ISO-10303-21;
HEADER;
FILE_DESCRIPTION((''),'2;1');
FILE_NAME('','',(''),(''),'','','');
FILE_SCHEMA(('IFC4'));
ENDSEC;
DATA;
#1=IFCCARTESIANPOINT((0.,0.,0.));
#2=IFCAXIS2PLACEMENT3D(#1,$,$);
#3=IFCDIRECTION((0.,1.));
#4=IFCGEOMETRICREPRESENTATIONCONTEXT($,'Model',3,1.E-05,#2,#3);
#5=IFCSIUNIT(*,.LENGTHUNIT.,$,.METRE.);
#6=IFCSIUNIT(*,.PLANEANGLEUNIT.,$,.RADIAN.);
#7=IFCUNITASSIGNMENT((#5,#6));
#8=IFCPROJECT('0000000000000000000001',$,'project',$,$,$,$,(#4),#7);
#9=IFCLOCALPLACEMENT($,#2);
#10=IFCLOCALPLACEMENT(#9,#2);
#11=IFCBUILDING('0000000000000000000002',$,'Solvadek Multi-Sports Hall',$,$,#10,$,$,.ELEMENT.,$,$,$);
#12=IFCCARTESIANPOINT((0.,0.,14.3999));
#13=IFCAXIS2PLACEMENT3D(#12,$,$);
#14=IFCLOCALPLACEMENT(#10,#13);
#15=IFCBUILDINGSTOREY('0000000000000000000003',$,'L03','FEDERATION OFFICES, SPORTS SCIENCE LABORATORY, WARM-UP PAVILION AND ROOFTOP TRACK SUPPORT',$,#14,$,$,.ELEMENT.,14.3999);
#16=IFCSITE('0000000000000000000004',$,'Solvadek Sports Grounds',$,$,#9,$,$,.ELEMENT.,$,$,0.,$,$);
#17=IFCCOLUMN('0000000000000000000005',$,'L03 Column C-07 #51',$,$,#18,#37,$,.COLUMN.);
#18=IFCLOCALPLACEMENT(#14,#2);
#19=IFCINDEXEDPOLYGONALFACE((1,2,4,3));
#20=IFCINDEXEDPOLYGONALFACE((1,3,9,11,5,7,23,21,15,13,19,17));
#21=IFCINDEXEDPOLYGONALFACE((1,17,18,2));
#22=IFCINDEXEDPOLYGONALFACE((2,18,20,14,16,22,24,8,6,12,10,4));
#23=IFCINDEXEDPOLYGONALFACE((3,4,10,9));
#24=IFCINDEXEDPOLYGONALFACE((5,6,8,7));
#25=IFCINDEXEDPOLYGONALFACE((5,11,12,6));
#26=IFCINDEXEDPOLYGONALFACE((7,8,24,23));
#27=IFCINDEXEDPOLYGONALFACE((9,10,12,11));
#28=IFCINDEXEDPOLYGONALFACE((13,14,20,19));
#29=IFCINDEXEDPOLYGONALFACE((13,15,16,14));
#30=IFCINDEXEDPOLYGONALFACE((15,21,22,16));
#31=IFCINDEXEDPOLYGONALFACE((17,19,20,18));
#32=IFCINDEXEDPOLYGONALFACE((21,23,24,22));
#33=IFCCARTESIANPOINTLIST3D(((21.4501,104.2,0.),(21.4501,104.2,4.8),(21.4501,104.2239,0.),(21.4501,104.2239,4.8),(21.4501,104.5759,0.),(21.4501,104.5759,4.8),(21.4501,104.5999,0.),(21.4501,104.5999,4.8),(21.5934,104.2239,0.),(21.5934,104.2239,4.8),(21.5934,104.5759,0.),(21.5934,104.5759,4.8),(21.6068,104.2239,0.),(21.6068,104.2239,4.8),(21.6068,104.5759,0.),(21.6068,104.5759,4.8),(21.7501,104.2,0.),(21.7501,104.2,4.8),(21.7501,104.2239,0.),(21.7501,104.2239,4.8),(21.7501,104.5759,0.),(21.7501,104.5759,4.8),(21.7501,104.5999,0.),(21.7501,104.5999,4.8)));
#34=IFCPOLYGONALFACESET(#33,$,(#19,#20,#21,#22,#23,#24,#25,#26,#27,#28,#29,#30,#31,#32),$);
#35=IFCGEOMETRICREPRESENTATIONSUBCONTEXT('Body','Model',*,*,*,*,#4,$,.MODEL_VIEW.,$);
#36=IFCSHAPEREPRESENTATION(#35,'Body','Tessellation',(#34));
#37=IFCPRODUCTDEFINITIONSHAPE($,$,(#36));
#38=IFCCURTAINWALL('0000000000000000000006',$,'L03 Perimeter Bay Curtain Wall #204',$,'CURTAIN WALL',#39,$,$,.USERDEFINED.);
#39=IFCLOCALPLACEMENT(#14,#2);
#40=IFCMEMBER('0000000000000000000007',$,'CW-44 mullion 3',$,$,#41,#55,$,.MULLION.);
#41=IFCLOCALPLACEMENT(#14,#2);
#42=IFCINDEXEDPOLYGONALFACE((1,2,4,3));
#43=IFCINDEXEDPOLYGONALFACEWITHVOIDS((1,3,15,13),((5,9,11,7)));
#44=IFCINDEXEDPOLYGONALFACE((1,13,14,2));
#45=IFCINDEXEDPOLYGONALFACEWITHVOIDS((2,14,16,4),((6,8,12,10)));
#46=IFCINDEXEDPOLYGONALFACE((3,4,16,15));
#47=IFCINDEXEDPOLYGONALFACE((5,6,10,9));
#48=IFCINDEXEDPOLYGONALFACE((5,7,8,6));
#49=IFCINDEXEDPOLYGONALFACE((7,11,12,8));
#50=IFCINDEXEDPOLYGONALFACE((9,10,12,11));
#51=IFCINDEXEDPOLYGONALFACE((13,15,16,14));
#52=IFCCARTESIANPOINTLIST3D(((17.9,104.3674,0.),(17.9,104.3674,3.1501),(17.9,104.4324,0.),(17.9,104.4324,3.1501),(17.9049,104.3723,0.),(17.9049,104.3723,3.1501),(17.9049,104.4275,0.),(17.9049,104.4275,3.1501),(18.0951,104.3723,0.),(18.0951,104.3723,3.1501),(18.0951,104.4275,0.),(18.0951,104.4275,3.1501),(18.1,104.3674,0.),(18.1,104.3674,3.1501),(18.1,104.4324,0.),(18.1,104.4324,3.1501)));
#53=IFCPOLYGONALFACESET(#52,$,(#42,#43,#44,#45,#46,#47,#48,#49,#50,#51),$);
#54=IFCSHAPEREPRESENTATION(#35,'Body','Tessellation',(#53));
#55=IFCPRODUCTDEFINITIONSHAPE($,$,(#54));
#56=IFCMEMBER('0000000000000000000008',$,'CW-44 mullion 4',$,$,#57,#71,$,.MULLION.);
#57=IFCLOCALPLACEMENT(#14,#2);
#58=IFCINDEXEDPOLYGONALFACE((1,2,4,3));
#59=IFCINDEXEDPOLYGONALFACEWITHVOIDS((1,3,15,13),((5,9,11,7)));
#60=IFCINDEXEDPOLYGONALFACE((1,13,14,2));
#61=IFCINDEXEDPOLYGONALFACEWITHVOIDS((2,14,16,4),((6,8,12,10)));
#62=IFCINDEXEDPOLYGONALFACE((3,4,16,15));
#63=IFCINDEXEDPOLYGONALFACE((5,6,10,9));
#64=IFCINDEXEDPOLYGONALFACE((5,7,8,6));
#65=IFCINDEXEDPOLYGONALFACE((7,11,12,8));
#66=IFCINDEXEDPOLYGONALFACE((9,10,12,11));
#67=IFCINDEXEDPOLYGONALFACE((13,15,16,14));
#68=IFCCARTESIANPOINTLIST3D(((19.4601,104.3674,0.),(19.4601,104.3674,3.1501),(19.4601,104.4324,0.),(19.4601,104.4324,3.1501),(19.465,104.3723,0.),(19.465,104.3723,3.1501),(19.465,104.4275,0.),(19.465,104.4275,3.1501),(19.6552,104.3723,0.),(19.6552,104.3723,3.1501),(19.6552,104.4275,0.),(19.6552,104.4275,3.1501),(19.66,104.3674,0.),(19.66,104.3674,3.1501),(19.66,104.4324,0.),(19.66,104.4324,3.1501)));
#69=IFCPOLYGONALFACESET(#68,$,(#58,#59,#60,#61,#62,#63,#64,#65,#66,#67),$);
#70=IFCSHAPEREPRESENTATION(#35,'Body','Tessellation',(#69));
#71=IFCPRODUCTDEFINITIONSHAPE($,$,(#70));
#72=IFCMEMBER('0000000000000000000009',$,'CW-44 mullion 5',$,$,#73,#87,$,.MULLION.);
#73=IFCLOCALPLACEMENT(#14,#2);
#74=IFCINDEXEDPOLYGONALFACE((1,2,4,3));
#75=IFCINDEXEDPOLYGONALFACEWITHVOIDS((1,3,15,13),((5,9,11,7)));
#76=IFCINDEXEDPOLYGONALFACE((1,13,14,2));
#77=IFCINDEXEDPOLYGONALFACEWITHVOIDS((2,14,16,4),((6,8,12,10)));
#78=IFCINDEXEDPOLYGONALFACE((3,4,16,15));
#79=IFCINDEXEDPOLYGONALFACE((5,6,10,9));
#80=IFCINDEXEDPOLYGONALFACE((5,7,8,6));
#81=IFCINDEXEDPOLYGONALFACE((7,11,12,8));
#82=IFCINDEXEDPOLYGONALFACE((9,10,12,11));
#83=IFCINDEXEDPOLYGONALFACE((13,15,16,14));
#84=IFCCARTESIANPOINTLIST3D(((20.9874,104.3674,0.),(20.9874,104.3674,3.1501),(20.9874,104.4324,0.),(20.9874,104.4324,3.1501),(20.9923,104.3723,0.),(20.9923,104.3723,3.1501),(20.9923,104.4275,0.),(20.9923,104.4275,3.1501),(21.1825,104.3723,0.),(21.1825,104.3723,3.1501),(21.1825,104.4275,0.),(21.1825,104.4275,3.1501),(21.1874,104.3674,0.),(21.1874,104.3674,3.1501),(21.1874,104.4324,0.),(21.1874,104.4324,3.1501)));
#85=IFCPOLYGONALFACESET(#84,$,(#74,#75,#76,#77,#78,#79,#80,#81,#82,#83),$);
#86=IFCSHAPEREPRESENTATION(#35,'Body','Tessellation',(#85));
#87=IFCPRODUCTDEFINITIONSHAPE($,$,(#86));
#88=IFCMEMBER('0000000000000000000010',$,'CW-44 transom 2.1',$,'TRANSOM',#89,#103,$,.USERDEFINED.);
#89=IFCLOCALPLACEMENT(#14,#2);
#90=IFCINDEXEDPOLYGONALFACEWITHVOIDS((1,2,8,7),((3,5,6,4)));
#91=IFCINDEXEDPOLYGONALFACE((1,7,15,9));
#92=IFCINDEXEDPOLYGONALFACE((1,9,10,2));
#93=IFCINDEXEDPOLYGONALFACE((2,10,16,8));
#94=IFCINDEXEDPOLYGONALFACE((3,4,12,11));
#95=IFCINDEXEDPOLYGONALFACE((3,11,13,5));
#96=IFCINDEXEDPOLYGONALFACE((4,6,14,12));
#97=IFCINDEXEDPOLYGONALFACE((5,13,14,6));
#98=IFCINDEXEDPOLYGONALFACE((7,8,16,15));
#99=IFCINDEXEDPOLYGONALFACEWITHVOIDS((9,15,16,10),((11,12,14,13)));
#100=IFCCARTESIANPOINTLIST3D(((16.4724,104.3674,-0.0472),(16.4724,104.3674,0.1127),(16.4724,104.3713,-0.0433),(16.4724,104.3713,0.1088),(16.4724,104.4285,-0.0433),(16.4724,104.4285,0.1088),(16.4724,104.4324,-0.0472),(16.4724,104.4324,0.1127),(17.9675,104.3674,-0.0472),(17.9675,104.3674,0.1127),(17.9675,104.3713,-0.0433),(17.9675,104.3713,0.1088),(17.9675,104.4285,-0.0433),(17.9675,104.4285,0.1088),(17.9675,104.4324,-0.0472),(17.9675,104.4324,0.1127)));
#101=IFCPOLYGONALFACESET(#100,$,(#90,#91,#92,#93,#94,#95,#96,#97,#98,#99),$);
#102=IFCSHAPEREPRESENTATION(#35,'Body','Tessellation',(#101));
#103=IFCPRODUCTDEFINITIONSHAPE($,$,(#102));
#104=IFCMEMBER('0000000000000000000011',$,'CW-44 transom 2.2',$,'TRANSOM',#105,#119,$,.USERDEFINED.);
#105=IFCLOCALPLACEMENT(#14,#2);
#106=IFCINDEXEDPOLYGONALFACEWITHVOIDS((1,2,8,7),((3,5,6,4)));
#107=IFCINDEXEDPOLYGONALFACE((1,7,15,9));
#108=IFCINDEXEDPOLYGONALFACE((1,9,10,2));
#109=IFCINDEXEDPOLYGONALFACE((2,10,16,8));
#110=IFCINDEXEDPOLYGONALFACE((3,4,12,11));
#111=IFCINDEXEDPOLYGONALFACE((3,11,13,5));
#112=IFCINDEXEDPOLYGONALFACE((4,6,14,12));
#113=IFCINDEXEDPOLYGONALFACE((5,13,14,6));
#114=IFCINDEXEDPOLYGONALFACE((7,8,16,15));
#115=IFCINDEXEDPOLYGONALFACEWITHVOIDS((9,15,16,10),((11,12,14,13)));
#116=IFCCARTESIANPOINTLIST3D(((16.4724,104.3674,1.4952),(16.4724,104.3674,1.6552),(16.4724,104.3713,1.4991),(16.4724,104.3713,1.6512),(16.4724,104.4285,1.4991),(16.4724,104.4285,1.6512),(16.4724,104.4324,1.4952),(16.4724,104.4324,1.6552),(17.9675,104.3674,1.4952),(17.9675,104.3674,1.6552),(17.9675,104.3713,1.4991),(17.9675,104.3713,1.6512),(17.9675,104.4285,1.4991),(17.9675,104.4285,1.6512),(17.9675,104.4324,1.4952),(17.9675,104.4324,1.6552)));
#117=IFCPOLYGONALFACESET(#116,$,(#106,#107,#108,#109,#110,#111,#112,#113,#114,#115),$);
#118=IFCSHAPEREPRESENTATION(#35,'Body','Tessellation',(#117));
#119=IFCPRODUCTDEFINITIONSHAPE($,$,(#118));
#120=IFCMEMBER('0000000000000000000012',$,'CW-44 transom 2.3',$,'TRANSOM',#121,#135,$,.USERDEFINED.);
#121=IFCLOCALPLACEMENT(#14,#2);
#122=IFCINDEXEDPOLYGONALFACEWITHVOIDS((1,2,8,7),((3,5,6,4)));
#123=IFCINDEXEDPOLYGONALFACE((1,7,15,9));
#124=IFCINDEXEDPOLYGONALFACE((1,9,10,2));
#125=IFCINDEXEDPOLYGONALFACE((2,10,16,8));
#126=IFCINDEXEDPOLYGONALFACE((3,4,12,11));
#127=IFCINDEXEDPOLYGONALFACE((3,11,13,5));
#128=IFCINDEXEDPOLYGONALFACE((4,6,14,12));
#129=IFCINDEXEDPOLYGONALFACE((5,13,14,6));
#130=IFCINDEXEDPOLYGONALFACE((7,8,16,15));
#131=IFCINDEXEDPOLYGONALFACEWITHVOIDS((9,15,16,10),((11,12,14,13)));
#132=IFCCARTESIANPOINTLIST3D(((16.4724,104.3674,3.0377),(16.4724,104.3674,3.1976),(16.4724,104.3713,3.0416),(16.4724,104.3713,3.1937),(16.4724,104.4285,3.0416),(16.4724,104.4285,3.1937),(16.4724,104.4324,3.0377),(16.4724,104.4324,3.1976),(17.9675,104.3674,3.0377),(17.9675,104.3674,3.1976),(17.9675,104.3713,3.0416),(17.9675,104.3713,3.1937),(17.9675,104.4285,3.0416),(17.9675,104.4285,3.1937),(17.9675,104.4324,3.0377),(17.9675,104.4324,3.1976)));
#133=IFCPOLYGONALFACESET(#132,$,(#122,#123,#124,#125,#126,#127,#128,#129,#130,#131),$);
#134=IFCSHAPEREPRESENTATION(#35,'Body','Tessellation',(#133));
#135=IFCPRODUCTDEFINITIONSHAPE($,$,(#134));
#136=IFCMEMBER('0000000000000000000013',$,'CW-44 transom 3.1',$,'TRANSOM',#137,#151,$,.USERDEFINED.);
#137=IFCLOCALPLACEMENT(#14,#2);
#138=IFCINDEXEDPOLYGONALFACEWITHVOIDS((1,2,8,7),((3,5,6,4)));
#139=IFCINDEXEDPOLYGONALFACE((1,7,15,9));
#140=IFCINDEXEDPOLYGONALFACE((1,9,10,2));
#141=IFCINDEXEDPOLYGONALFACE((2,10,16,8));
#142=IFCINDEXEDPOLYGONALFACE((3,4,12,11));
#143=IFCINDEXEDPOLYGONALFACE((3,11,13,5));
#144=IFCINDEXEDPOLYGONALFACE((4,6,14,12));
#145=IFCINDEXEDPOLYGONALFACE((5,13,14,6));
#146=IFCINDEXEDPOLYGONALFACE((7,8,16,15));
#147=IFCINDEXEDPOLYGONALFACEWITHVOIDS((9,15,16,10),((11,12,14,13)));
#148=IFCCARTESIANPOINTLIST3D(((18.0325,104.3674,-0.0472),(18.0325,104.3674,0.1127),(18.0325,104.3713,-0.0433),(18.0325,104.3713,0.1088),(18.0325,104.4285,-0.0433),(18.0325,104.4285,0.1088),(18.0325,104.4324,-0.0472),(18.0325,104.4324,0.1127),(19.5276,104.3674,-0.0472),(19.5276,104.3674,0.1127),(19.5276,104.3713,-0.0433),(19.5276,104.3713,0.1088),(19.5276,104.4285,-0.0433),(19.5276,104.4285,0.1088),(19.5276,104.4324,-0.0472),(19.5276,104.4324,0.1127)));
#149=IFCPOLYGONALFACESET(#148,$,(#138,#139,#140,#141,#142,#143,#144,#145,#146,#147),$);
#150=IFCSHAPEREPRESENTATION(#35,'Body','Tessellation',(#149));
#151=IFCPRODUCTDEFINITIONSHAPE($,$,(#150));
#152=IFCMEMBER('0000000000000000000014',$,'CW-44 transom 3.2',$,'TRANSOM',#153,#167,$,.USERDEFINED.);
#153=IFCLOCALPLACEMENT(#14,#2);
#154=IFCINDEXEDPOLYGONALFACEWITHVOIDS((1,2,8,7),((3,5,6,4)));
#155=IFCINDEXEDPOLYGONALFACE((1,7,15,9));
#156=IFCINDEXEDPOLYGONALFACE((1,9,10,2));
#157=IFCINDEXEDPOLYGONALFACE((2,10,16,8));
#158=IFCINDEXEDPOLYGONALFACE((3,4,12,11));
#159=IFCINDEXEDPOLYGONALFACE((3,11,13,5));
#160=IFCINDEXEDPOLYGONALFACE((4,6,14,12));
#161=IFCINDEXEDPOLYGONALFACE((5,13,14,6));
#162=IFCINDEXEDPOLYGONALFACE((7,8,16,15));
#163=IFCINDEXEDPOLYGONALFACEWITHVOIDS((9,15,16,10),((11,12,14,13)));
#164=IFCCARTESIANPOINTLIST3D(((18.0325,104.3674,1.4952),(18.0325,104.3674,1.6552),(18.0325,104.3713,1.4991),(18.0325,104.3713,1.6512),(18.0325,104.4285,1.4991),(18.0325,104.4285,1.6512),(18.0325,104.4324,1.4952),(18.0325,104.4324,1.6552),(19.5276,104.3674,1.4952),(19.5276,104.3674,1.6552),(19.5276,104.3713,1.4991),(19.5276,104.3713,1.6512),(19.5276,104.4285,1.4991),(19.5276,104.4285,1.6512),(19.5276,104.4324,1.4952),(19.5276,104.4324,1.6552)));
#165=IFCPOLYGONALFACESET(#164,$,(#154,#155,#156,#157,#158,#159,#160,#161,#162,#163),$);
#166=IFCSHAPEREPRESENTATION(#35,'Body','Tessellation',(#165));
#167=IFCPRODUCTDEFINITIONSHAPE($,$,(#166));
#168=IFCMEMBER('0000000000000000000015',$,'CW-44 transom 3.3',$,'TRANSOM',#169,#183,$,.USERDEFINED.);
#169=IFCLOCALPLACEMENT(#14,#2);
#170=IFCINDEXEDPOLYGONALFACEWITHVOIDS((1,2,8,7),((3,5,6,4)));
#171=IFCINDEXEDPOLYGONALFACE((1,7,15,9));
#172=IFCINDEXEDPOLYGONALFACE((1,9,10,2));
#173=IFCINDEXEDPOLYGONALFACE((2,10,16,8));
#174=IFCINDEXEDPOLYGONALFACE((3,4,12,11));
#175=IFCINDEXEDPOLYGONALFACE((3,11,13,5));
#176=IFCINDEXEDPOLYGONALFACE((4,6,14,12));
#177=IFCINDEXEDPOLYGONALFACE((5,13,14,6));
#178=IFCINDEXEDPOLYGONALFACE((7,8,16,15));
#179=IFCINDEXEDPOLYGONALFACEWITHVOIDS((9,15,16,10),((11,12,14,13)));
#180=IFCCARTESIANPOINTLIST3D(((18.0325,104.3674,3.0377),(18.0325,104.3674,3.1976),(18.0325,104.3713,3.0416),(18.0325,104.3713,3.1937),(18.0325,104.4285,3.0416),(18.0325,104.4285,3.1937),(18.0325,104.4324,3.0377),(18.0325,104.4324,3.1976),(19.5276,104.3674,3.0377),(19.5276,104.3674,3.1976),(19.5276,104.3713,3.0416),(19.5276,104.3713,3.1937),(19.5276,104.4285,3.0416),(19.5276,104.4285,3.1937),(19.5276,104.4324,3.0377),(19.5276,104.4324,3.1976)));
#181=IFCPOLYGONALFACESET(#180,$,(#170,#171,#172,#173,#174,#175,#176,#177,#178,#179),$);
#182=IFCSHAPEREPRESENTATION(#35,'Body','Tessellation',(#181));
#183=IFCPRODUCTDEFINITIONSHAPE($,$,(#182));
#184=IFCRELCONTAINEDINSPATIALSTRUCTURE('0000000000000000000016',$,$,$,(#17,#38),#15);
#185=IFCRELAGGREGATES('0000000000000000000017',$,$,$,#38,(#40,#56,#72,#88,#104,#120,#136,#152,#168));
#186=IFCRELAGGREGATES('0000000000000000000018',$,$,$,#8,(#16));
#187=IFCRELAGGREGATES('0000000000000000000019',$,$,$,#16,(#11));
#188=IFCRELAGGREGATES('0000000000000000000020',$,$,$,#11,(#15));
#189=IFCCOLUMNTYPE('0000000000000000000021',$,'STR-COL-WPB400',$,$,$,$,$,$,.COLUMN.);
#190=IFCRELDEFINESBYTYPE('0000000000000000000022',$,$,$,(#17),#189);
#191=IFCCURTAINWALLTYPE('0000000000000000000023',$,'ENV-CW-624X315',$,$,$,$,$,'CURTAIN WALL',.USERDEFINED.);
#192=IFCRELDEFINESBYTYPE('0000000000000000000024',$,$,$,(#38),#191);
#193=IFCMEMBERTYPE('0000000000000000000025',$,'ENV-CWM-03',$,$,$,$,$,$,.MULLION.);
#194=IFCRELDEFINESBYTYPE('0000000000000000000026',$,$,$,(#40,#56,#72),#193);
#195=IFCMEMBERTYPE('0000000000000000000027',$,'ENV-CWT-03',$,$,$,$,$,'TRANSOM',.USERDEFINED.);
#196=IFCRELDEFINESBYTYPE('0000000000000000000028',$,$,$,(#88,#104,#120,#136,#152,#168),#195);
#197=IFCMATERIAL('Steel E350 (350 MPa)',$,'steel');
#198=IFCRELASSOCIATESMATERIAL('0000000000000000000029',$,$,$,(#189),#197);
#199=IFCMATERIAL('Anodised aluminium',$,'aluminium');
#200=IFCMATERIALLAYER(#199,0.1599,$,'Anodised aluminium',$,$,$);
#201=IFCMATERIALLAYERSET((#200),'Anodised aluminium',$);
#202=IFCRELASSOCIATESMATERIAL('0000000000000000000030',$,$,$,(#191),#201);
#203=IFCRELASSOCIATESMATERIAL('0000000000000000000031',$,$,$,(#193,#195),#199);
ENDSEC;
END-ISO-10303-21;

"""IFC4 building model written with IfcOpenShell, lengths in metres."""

from ifc_helpers import new_model, si_unit, direction, frame, origin, origin_2d, place, context, subcontext, project, spatial, hollow_rectangle, i_section, extrude, material, layer, layer_set, material_profile, profile_set, type_object, element, aggregate, save


model = new_model("IFC4")

# Units and contexts
model_context = context("Model", 3, precision=1e-05, world=origin(), true_north=direction((0.0, 1.0)))
body_context = subcontext(model_context, "Body", "Model", "MODEL_VIEW")
ifc_project = project(units=[si_unit("LENGTHUNIT", "METRE"), si_unit("PLANEANGLEUNIT", "RADIAN")], contexts=[model_context])

# Site, building, storey
site_placement = place(None, origin())
site = spatial("IfcSite", under=ifc_project, at=site_placement, Name="Solvadek Sports Grounds", CompositionType="ELEMENT", RefElevation=0.0)
building_placement = place(site_placement, origin())
building = spatial("IfcBuilding", under=site, at=building_placement, Name="Solvadek Multi-Sports Hall", CompositionType="ELEMENT")
storey_placement = place(building_placement, frame((0.0, 0.0, 14.3999)))
storey = spatial("IfcBuildingStorey", under=building, at=storey_placement, Name="L03", Description="FEDERATION OFFICES, SPORTS SCIENCE LABORATORY, WARM-UP PAVILION AND ROOFTOP TRACK SUPPORT", CompositionType="ELEMENT", Elevation=14.3999)

# Column
ifc_material_1 = material(Name="Steel E350 (350 MPa)", Category="steel")
ifc_material_profile_1 = material_profile(ifc_material_1, i_section(OverallWidth=0.3, OverallDepth=0.3999, WebThickness=0.0134, FlangeThickness=0.0239, at=origin_2d()), Name="WPB 400")
ifc_profile_set_1 = profile_set([ifc_material_profile_1], Name="Steel E350 (350 MPa)")
column_type = type_object("IfcColumnType", Name="STR-COL-WPB400", PredefinedType="COLUMN", material=ifc_profile_set_1)
column_placement = place(storey_placement, frame((21.6001, 104.3999, 0.0), z_axis=(0.0, 0.0, 1.0), x_axis=(1.0, 0.0, 0.0)))
element("IfcColumn", 1, at=column_placement, inside=storey, type_object=column_type, Name="L03 Column C-07 #51", PredefinedType="COLUMN", context=body_context, shape_type="SweptSolid", body=[
    extrude(i_section(OverallWidth=0.3, OverallDepth=0.3999, WebThickness=0.0134, FlangeThickness=0.0239, at=origin_2d()), origin(), (0.0, 0.0, 1.0), 4.8),
])

# Curtain wall, members
ifc_material_2 = material(Name="Anodised aluminium", Category="aluminium")
ifc_layer_1 = layer(ifc_material_2, 0.1599, Name="Anodised aluminium")
ifc_layer_set_1 = layer_set([ifc_layer_1], Name="Anodised aluminium")
curtain_wall_type = type_object("IfcCurtainWallType", Name="ENV-CW-624X315", ElementType="CURTAIN WALL", PredefinedType="USERDEFINED", material=ifc_layer_set_1)
curtain_wall_placement = place(storey_placement, origin())
curtain_wall = element("IfcCurtainWall", 2, at=curtain_wall_placement, inside=storey, type_object=curtain_wall_type, Name="L03 Perimeter Bay Curtain Wall #204", ObjectType="CURTAIN WALL", PredefinedType="USERDEFINED")
ifc_material_profile_2 = material_profile(ifc_material_2, hollow_rectangle(XDim=0.0649, YDim=0.2, WallThickness=0.0049, at=origin_2d()), Name="ALU-M 200x65x5")
ifc_profile_set_2 = profile_set([ifc_material_profile_2], Name="Anodised aluminium")
member_type_1 = type_object("IfcMemberType", Name="ENV-CWM-03", PredefinedType="MULLION", material=ifc_profile_set_2)
member_1_placement = place(storey_placement, frame((18.0, 104.3999, 0.0), z_axis=(0.0, 0.0, 1.0), x_axis=(0.0, 1.0, 0.0)))
member_1 = element("IfcMember", 3, at=member_1_placement, type_object=member_type_1, Name="CW-44 mullion 3", PredefinedType="MULLION", context=body_context, shape_type="SweptSolid", body=[
    extrude(hollow_rectangle(XDim=0.0649, YDim=0.2, WallThickness=0.0049, at=origin_2d()), origin(), (0.0, 0.0, 1.0), 3.1501),
])
member_2_placement = place(storey_placement, frame((19.5601, 104.3999, 0.0), z_axis=(0.0, 0.0, 1.0), x_axis=(0.0, 1.0, 0.0)))
member_2 = element("IfcMember", 4, at=member_2_placement, type_object=member_type_1, Name="CW-44 mullion 4", PredefinedType="MULLION", context=body_context, shape_type="SweptSolid", body=[
    extrude(hollow_rectangle(XDim=0.0649, YDim=0.2, WallThickness=0.0049, at=origin_2d()), origin(), (0.0, 0.0, 1.0), 3.1501),
])
member_3_placement = place(storey_placement, frame((21.0874, 104.3999, 0.0), z_axis=(0.0, 0.0, 1.0), x_axis=(0.0, 1.0, 0.0)))
member_3 = element("IfcMember", 5, at=member_3_placement, type_object=member_type_1, Name="CW-44 mullion 5", PredefinedType="MULLION", context=body_context, shape_type="SweptSolid", body=[
    extrude(hollow_rectangle(XDim=0.0649, YDim=0.2, WallThickness=0.0049, at=origin_2d()), origin(), (0.0, 0.0, 1.0), 3.1501),
])
ifc_material_profile_3 = material_profile(ifc_material_2, hollow_rectangle(XDim=0.0649, YDim=0.1599, WallThickness=0.0039, at=origin_2d()), Name="ALU-T 160x65x4")
ifc_profile_set_3 = profile_set([ifc_material_profile_3], Name="Anodised aluminium")
member_type_2 = type_object("IfcMemberType", Name="ENV-CWT-03", ElementType="TRANSOM", PredefinedType="USERDEFINED", material=ifc_profile_set_3)
member_4_placement = place(storey_placement, frame((16.4724, 104.3999, 0.0327), z_axis=(1.0, 0.0, 0.0), x_axis=(0.0, 1.0, 0.0)))
member_4 = element("IfcMember", 6, at=member_4_placement, type_object=member_type_2, Name="CW-44 transom 2.1", ObjectType="TRANSOM", PredefinedType="USERDEFINED", context=body_context, shape_type="SweptSolid", body=[
    extrude(hollow_rectangle(XDim=0.0649, YDim=0.1599, WallThickness=0.0039, at=origin_2d()), origin(), (0.0, 0.0, 1.0), 1.4951),
])
member_5_placement = place(storey_placement, frame((16.4724, 104.3999, 1.5752), z_axis=(1.0, 0.0, 0.0), x_axis=(0.0, 1.0, 0.0)))
member_5 = element("IfcMember", 7, at=member_5_placement, type_object=member_type_2, Name="CW-44 transom 2.2", ObjectType="TRANSOM", PredefinedType="USERDEFINED", context=body_context, shape_type="SweptSolid", body=[
    extrude(hollow_rectangle(XDim=0.0649, YDim=0.1599, WallThickness=0.0039, at=origin_2d()), origin(), (0.0, 0.0, 1.0), 1.4951),
])
member_6_placement = place(storey_placement, frame((16.4724, 104.3999, 3.1177), z_axis=(1.0, 0.0, 0.0), x_axis=(0.0, 1.0, 0.0)))
member_6 = element("IfcMember", 8, at=member_6_placement, type_object=member_type_2, Name="CW-44 transom 2.3", ObjectType="TRANSOM", PredefinedType="USERDEFINED", context=body_context, shape_type="SweptSolid", body=[
    extrude(hollow_rectangle(XDim=0.0649, YDim=0.1599, WallThickness=0.0039, at=origin_2d()), origin(), (0.0, 0.0, 1.0), 1.4951),
])
member_7_placement = place(storey_placement, frame((18.0325, 104.3999, 0.0327), z_axis=(1.0, 0.0, 0.0), x_axis=(0.0, 1.0, 0.0)))
member_7 = element("IfcMember", 9, at=member_7_placement, type_object=member_type_2, Name="CW-44 transom 3.1", ObjectType="TRANSOM", PredefinedType="USERDEFINED", context=body_context, shape_type="SweptSolid", body=[
    extrude(hollow_rectangle(XDim=0.0649, YDim=0.1599, WallThickness=0.0039, at=origin_2d()), origin(), (0.0, 0.0, 1.0), 1.4951),
])
member_8_placement = place(storey_placement, frame((18.0325, 104.3999, 1.5752), z_axis=(1.0, 0.0, 0.0), x_axis=(0.0, 1.0, 0.0)))
member_8 = element("IfcMember", 10, at=member_8_placement, type_object=member_type_2, Name="CW-44 transom 3.2", ObjectType="TRANSOM", PredefinedType="USERDEFINED", context=body_context, shape_type="SweptSolid", body=[
    extrude(hollow_rectangle(XDim=0.0649, YDim=0.1599, WallThickness=0.0039, at=origin_2d()), origin(), (0.0, 0.0, 1.0), 1.4951),
])
member_9_placement = place(storey_placement, frame((18.0325, 104.3999, 3.1177), z_axis=(1.0, 0.0, 0.0), x_axis=(0.0, 1.0, 0.0)))
member_9 = element("IfcMember", 11, at=member_9_placement, type_object=member_type_2, Name="CW-44 transom 3.3", ObjectType="TRANSOM", PredefinedType="USERDEFINED", context=body_context, shape_type="SweptSolid", body=[
    extrude(hollow_rectangle(XDim=0.0649, YDim=0.1599, WallThickness=0.0039, at=origin_2d()), origin(), (0.0, 0.0, 1.0), 1.4951),
])

aggregate(curtain_wall, [member_1, member_2, member_3, member_4, member_5, member_6, member_7, member_8, member_9])

save(model, "model.ifc")
